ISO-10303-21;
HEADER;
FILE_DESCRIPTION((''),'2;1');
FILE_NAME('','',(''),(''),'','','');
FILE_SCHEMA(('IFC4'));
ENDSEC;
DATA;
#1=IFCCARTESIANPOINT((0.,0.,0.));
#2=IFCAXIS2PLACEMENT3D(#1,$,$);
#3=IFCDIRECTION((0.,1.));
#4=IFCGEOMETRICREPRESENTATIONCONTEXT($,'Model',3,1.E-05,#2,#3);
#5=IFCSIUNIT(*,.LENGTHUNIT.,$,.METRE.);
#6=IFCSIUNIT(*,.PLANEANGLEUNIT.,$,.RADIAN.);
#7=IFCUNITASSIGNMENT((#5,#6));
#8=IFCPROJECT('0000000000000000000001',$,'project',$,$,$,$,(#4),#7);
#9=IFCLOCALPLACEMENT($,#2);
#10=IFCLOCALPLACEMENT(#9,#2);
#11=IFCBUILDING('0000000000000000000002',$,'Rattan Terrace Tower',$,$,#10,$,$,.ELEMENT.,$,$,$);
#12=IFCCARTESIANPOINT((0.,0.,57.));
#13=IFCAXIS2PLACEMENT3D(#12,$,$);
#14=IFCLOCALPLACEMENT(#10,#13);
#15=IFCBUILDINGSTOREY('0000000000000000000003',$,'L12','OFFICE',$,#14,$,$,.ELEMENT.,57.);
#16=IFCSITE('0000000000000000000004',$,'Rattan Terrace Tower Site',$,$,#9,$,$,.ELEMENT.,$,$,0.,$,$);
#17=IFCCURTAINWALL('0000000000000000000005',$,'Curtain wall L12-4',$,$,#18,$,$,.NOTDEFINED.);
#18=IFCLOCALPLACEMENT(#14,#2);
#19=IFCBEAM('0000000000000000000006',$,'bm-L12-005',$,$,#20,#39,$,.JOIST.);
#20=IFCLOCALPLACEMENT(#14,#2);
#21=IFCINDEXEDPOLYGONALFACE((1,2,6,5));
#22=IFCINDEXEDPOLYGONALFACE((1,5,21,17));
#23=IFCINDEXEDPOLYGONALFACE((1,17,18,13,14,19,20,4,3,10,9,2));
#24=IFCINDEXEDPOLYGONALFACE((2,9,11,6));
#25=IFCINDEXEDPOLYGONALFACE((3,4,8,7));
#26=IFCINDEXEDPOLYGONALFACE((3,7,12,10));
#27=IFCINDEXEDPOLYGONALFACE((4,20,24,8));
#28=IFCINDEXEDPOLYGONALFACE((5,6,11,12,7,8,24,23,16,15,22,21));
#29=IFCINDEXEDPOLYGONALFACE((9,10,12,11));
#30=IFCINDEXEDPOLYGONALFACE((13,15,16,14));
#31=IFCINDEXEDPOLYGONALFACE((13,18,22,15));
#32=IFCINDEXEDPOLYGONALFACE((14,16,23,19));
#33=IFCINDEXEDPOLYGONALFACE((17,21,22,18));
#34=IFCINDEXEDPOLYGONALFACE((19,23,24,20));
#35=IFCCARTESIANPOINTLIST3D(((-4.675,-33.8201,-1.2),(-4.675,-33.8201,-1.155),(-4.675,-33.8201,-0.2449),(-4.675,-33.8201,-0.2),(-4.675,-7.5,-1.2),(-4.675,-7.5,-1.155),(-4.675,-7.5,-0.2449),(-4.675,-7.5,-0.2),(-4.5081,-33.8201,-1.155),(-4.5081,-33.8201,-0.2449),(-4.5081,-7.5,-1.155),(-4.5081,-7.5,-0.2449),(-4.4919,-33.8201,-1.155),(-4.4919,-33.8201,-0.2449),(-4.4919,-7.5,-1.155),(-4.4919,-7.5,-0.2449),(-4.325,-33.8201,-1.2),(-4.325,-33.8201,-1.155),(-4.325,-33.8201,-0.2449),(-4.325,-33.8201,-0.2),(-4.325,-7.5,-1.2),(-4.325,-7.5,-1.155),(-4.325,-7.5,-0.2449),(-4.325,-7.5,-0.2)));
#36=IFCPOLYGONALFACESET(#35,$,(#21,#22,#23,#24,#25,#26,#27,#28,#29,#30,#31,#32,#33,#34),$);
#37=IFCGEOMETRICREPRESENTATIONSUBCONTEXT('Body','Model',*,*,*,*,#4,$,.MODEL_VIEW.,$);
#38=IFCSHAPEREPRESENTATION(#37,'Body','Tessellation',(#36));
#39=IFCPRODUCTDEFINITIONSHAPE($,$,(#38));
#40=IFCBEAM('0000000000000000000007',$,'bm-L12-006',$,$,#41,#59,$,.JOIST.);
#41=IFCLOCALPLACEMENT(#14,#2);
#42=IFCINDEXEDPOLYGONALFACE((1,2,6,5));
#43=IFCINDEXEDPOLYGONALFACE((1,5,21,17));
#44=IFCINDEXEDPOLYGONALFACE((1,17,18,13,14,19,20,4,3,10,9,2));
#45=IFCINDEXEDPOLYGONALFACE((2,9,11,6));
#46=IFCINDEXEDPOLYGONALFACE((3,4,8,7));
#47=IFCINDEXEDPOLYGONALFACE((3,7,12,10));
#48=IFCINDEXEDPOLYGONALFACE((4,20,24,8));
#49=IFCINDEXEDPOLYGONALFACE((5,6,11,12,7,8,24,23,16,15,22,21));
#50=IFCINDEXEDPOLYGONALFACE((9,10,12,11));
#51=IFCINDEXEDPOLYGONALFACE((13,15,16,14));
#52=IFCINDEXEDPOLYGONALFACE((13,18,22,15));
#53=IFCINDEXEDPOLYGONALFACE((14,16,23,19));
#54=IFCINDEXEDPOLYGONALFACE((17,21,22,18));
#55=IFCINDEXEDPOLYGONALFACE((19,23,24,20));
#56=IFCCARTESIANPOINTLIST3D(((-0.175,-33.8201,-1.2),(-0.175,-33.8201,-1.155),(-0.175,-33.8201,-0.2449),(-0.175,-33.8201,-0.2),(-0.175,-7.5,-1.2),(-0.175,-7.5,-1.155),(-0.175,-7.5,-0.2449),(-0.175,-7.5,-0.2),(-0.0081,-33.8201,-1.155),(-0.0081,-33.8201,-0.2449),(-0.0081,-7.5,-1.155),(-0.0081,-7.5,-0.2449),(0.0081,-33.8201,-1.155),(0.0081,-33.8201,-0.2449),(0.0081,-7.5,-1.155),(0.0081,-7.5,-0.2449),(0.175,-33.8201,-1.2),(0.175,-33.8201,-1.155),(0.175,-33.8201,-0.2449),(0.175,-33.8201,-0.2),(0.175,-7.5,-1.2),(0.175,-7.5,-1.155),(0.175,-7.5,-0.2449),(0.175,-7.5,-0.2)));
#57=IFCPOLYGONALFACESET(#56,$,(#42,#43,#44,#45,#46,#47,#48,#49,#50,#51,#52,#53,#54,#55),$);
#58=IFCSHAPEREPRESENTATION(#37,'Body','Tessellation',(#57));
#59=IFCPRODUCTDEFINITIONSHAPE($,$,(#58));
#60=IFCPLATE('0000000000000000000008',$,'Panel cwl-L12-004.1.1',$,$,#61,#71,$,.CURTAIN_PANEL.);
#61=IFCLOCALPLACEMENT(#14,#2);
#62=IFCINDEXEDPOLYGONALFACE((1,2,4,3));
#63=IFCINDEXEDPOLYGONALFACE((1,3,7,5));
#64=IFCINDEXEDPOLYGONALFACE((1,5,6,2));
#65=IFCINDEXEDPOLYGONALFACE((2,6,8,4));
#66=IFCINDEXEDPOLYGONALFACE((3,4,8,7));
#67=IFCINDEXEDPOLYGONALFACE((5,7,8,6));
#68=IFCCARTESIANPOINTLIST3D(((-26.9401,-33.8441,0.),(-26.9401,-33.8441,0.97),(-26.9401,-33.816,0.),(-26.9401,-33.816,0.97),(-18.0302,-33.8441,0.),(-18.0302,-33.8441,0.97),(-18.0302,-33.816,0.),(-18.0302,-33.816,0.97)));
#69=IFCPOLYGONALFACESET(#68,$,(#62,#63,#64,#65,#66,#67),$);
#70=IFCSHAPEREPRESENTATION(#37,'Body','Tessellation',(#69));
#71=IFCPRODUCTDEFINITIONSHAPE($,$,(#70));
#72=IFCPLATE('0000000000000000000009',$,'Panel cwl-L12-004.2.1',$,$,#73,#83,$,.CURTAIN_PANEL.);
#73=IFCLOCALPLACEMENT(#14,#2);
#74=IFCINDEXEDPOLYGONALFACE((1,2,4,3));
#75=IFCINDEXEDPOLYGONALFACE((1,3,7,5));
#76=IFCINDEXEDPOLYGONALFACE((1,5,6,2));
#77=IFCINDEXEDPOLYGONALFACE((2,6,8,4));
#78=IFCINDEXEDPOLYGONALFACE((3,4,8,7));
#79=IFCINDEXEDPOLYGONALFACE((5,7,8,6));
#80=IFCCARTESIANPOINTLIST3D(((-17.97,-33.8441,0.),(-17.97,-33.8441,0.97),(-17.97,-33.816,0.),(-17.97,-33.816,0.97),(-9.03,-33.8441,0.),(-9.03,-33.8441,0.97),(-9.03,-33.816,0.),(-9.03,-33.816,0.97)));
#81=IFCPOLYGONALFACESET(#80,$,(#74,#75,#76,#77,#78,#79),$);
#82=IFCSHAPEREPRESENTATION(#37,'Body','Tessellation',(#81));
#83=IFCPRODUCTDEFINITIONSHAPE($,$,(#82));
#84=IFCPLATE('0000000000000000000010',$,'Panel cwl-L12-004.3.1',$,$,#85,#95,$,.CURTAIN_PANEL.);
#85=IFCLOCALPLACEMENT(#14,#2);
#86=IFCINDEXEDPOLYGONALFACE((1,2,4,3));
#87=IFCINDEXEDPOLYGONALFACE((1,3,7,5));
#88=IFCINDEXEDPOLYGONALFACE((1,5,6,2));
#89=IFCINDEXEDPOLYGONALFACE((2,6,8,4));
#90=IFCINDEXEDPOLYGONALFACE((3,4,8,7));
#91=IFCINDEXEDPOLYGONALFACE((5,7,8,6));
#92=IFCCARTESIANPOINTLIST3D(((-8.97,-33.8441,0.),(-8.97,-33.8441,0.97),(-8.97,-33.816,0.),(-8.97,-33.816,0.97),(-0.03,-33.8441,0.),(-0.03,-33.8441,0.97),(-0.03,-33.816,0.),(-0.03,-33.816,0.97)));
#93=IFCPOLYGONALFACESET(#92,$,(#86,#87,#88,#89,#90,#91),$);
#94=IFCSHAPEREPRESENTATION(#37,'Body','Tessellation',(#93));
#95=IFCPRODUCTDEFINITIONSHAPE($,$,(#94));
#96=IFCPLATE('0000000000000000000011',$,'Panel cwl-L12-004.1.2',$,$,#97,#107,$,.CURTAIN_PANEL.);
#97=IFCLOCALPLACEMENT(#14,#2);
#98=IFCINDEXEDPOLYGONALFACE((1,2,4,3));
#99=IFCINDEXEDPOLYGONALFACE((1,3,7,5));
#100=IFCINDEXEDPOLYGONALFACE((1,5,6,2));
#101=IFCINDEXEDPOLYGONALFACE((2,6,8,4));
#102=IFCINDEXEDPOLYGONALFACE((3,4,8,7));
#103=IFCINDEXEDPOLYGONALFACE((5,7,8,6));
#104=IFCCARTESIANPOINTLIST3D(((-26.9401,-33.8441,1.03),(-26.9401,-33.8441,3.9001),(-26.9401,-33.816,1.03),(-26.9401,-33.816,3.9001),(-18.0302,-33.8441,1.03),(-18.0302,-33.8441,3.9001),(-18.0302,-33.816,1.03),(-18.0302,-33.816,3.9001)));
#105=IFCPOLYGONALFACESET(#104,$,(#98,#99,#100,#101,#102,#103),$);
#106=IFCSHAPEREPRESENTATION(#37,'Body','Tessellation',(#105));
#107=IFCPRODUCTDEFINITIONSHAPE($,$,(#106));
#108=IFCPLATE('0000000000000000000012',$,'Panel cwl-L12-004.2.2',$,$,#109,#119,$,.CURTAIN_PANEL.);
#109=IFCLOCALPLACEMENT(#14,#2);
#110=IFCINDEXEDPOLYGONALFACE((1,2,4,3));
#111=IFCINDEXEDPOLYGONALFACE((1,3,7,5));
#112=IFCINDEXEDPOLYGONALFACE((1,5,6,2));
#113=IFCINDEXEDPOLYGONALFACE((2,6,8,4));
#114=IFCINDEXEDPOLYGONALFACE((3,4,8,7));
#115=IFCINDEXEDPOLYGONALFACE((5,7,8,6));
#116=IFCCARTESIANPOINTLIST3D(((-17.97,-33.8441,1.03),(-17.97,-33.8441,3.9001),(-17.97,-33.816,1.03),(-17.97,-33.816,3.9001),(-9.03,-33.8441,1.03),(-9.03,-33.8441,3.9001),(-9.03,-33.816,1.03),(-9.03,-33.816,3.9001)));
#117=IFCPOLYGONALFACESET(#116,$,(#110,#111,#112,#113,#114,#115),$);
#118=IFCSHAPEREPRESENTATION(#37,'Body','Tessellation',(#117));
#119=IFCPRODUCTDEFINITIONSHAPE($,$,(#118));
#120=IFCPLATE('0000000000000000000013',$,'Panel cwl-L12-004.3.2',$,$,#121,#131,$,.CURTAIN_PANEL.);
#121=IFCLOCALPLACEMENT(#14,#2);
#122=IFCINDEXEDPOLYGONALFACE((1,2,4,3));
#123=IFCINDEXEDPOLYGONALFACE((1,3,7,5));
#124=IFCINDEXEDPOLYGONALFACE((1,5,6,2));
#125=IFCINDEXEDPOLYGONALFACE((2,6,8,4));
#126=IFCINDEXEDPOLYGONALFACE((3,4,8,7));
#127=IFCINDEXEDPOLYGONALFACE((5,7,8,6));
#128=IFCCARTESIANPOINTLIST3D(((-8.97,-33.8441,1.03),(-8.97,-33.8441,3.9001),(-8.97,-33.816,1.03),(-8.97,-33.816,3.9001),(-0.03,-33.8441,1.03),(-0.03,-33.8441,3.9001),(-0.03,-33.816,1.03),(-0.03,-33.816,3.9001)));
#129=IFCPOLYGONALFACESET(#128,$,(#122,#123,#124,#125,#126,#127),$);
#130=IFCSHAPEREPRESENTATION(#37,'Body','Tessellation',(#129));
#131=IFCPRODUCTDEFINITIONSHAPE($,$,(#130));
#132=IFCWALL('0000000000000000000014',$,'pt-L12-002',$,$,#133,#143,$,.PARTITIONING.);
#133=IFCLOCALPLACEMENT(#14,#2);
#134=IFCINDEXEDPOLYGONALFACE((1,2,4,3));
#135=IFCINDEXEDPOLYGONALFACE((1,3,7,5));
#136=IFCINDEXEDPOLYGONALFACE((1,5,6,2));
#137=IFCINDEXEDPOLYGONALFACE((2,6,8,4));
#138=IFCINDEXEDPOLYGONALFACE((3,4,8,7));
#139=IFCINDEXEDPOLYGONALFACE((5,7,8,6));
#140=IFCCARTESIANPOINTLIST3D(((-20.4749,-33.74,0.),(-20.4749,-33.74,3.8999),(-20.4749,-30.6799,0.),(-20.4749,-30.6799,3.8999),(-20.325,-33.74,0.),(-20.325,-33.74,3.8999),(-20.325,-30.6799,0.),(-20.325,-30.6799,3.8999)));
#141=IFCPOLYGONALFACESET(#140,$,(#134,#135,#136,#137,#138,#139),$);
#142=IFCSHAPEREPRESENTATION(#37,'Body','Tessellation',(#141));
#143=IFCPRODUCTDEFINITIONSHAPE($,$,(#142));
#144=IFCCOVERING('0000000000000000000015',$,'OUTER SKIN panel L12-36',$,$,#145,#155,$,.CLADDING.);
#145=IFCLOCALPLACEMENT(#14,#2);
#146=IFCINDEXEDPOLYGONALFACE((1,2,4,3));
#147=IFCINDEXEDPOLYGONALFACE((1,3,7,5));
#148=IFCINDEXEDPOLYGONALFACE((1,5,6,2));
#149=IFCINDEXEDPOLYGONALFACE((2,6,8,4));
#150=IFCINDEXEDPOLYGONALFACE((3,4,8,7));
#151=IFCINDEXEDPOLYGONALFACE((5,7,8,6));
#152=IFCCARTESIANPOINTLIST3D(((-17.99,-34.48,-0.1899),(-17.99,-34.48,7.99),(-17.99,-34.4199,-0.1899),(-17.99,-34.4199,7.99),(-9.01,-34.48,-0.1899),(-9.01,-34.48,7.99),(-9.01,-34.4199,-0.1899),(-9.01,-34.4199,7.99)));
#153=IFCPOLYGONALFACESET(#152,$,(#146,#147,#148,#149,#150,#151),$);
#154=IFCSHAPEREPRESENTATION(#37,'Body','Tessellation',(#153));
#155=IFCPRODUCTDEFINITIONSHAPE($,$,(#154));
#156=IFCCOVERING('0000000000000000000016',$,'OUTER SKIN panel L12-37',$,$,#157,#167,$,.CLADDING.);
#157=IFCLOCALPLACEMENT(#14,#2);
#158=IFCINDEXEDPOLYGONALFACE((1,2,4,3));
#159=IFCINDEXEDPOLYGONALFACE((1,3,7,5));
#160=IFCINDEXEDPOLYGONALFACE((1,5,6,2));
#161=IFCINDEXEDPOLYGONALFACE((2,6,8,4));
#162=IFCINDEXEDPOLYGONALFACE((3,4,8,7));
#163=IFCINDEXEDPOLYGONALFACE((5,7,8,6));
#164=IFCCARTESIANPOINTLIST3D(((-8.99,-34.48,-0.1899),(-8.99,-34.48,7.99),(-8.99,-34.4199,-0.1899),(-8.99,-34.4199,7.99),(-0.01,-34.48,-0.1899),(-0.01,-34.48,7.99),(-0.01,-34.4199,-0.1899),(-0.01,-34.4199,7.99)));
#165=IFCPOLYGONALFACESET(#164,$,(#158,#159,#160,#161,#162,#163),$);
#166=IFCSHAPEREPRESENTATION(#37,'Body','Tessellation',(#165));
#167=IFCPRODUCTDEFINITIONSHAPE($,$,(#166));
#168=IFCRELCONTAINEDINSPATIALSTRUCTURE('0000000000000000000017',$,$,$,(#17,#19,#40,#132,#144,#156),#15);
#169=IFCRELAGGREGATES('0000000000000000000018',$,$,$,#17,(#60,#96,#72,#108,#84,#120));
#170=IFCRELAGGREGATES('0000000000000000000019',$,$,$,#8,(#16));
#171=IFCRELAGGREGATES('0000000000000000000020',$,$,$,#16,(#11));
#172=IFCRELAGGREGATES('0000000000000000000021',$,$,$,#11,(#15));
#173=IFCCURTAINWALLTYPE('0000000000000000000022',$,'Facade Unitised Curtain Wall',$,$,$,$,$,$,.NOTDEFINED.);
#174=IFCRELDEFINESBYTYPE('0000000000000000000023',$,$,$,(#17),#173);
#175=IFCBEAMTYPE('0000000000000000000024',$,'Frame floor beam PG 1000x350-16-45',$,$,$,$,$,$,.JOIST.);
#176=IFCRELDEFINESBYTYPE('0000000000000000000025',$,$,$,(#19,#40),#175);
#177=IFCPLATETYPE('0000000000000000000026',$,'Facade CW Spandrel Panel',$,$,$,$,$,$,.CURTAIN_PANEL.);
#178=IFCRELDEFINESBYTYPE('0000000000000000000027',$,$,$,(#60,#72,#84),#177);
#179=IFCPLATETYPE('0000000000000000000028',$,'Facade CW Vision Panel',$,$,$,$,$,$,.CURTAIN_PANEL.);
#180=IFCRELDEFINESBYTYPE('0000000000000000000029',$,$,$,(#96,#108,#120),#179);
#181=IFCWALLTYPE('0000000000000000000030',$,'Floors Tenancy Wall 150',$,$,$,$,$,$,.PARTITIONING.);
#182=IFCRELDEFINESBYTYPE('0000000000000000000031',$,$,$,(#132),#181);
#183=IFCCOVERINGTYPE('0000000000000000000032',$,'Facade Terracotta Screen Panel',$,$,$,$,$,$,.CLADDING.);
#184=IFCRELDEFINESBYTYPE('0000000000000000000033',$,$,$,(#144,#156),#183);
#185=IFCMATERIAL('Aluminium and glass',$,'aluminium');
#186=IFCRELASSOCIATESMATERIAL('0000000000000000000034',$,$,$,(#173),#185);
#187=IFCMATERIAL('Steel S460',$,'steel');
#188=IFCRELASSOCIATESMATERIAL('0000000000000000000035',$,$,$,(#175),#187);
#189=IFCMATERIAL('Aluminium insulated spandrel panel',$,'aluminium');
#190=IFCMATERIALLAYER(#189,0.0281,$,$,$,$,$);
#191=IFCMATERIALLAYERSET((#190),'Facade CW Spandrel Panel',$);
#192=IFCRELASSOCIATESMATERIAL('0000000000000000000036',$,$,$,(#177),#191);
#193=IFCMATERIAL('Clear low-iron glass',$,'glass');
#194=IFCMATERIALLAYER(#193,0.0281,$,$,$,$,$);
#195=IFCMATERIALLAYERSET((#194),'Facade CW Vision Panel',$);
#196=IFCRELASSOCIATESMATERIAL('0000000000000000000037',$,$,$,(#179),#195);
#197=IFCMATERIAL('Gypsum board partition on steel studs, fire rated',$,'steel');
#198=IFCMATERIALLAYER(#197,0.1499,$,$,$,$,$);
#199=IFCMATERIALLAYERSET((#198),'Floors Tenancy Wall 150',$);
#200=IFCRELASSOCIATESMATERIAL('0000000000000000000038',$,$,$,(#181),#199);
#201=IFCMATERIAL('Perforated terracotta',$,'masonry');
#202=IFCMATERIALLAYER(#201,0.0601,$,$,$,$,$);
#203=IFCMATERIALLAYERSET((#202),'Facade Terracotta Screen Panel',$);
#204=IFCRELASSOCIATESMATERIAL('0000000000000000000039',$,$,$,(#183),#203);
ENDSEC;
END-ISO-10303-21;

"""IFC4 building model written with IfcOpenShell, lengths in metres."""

from ifc_helpers import new_model, si_unit, direction, frame, frame_2d, origin, origin_2d, place, context, subcontext, project, spatial, rectangle, i_section, extrude, material, layer, layer_set, material_profile, profile_set, type_object, element, aggregate, save


model = new_model("IFC4")

# Units and contexts
model_context = context("Model", 3, precision=1e-05, world=origin(), true_north=direction((0.0, 1.0)))
body_context = subcontext(model_context, "Body", "Model", "MODEL_VIEW")
ifc_project = project(units=[si_unit("LENGTHUNIT", "METRE"), si_unit("PLANEANGLEUNIT", "RADIAN")], contexts=[model_context])

# Site, building, storey
site_placement = place(None, origin())
site = spatial("IfcSite", under=ifc_project, at=site_placement, Name="Rattan Terrace Tower Site", CompositionType="ELEMENT", RefElevation=0.0)
building_placement = place(site_placement, origin())
building = spatial("IfcBuilding", under=site, at=building_placement, Name="Rattan Terrace Tower", CompositionType="ELEMENT")
storey_placement = place(building_placement, frame((0.0, 0.0, 57.0)))
storey = spatial("IfcBuildingStorey", under=building, at=storey_placement, Name="L12", Description="OFFICE", CompositionType="ELEMENT", Elevation=57.0)

# Curtain wall
ifc_material_1 = material(Name="Aluminium and glass", Category="aluminium")
curtain_wall_type = type_object("IfcCurtainWallType", Name="Facade Unitised Curtain Wall", PredefinedType="NOTDEFINED", material=ifc_material_1)
curtain_wall_placement = place(storey_placement, origin())
curtain_wall = element("IfcCurtainWall", 1, at=curtain_wall_placement, inside=storey, type_object=curtain_wall_type, Name="Curtain wall L12-4", PredefinedType="NOTDEFINED")

# Beams
ifc_material_2 = material(Name="Steel S460", Category="steel")
ifc_material_profile_1 = material_profile(ifc_material_2, i_section(OverallWidth=0.3501, OverallDepth=1.0, WebThickness=0.0161, FlangeThickness=0.0449, at=origin_2d()), Name="PG 1000x350-16-45")
ifc_profile_set_1 = profile_set([ifc_material_profile_1], Name="Steel S460")
beam_type_1 = type_object("IfcBeamType", Name="Frame floor beam PG 1000x350-16-45", PredefinedType="JOIST", material=ifc_profile_set_1)
for number, where, z_axis, x_axis, name in (
    (2, (-4.5, -33.8201, -0.7), (0.0, 1.0, 0.0), (-1.0, 0.0, 0.0), "bm-L12-005"),
    (3, (0.0, -33.8201, -0.7), (0.0, 1.0, 0.0), (-1.0, 0.0, 0.0), "bm-L12-006"),
):
    element("IfcBeam", number, at=place(storey_placement, frame(where, z_axis=z_axis, x_axis=x_axis)), inside=storey, type_object=beam_type_1, Name=name, PredefinedType="JOIST", context=body_context, shape_type="SweptSolid", body=[
        extrude(i_section(OverallWidth=0.3501, OverallDepth=1.0, WebThickness=0.0161, FlangeThickness=0.0449, at=origin_2d()), origin(), (0.0, 0.0, 1.0), 26.3201),
    ])

# Plates
ifc_material_3 = material(Name="Aluminium insulated spandrel panel", Category="aluminium")
ifc_layer_1 = layer(ifc_material_3, 0.0281)
ifc_layer_set_1 = layer_set([ifc_layer_1], Name="Facade CW Spandrel Panel")
plate_type_1 = type_object("IfcPlateType", Name="Facade CW Spandrel Panel", PredefinedType="CURTAIN_PANEL", material=ifc_layer_set_1)
plate_1_placement = place(storey_placement, frame((-22.4851, -33.8301, 0.0), z_axis=(0.0, 0.0, 1.0), x_axis=(1.0, 0.0, 0.0)))
plate_1 = element("IfcPlate", 4, at=plate_1_placement, type_object=plate_type_1, Name="Panel cwl-L12-004.1.1", PredefinedType="CURTAIN_PANEL", context=body_context, shape_type="SweptSolid", body=[
    extrude(rectangle(XDim=8.9099, YDim=0.0281, at=origin_2d()), origin(), (0.0, 0.0, 1.0), 0.97),
])
plate_2_placement = place(storey_placement, frame((-13.5, -33.8301, 0.0), z_axis=(0.0, 0.0, 1.0), x_axis=(1.0, 0.0, 0.0)))
plate_2 = element("IfcPlate", 5, at=plate_2_placement, type_object=plate_type_1, Name="Panel cwl-L12-004.2.1", PredefinedType="CURTAIN_PANEL", context=body_context, shape_type="SweptSolid", body=[
    extrude(rectangle(XDim=8.9399, YDim=0.0281, at=origin_2d()), origin(), (0.0, 0.0, 1.0), 0.97),
])
plate_3_placement = place(storey_placement, frame((-4.5, -33.8301, 0.0), z_axis=(0.0, 0.0, 1.0), x_axis=(1.0, 0.0, 0.0)))
plate_3 = element("IfcPlate", 6, at=plate_3_placement, type_object=plate_type_1, Name="Panel cwl-L12-004.3.1", PredefinedType="CURTAIN_PANEL", context=body_context, shape_type="SweptSolid", body=[
    extrude(rectangle(XDim=8.9399, YDim=0.0281, at=origin_2d()), origin(), (0.0, 0.0, 1.0), 0.97),
])
ifc_material_4 = material(Name="Clear low-iron glass", Category="glass")
ifc_layer_2 = layer(ifc_material_4, 0.0281)
ifc_layer_set_2 = layer_set([ifc_layer_2], Name="Facade CW Vision Panel")
plate_type_2 = type_object("IfcPlateType", Name="Facade CW Vision Panel", PredefinedType="CURTAIN_PANEL", material=ifc_layer_set_2)
plate_4_placement = place(storey_placement, frame((-22.4851, -33.8301, 1.03), z_axis=(0.0, 0.0, 1.0), x_axis=(1.0, 0.0, 0.0)))
plate_4 = element("IfcPlate", 7, at=plate_4_placement, type_object=plate_type_2, Name="Panel cwl-L12-004.1.2", PredefinedType="CURTAIN_PANEL", context=body_context, shape_type="SweptSolid", body=[
    extrude(rectangle(XDim=8.9099, YDim=0.0281, at=origin_2d()), origin(), (0.0, 0.0, 1.0), 2.8701),
])
plate_5_placement = place(storey_placement, frame((-13.5, -33.8301, 1.03), z_axis=(0.0, 0.0, 1.0), x_axis=(1.0, 0.0, 0.0)))
plate_5 = element("IfcPlate", 8, at=plate_5_placement, type_object=plate_type_2, Name="Panel cwl-L12-004.2.2", PredefinedType="CURTAIN_PANEL", context=body_context, shape_type="SweptSolid", body=[
    extrude(rectangle(XDim=8.9399, YDim=0.0281, at=origin_2d()), origin(), (0.0, 0.0, 1.0), 2.8701),
])
plate_6_placement = place(storey_placement, frame((-4.5, -33.8301, 1.03), z_axis=(0.0, 0.0, 1.0), x_axis=(1.0, 0.0, 0.0)))
plate_6 = element("IfcPlate", 9, at=plate_6_placement, type_object=plate_type_2, Name="Panel cwl-L12-004.3.2", PredefinedType="CURTAIN_PANEL", context=body_context, shape_type="SweptSolid", body=[
    extrude(rectangle(XDim=8.9399, YDim=0.0281, at=origin_2d()), origin(), (0.0, 0.0, 1.0), 2.8701),
])
aggregate(curtain_wall, [plate_1, plate_4, plate_2, plate_5, plate_3, plate_6])

# Wall
ifc_material_5 = material(Name="Gypsum board partition on steel studs, fire rated", Category="steel")
ifc_layer_3 = layer(ifc_material_5, 0.1499)
ifc_layer_set_3 = layer_set([ifc_layer_3], Name="Floors Tenancy Wall 150")
wall_type = type_object("IfcWallType", Name="Floors Tenancy Wall 150", PredefinedType="PARTITIONING", material=ifc_layer_set_3)
wall_placement = place(storey_placement, frame((-20.3999, -33.74, 0.0), z_axis=(0.0, 0.0, 1.0), x_axis=(0.0, 1.0, 0.0)))
element("IfcWall", 10, at=wall_placement, inside=storey, type_object=wall_type, Name="pt-L12-002", PredefinedType="PARTITIONING", context=body_context, shape_type="SweptSolid", body=[
    extrude(rectangle(XDim=3.0601, YDim=0.1499, at=frame_2d((1.53, 0.0))), origin(), (0.0, 0.0, 1.0), 3.8999),
])

# Coverings
ifc_material_6 = material(Name="Perforated terracotta", Category="masonry")
ifc_layer_4 = layer(ifc_material_6, 0.0601)
ifc_layer_set_4 = layer_set([ifc_layer_4], Name="Facade Terracotta Screen Panel")
covering_type = type_object("IfcCoveringType", Name="Facade Terracotta Screen Panel", PredefinedType="CLADDING", material=ifc_layer_set_4)
for number, where, z_axis, x_axis, name in (
    (11, (-13.5, -34.45, -0.1899), (0.0, 0.0, 1.0), (1.0, 0.0, 0.0), "OUTER SKIN panel L12-36"),
    (12, (-4.5, -34.45, -0.1899), (0.0, 0.0, 1.0), (1.0, 0.0, 0.0), "OUTER SKIN panel L12-37"),
):
    element("IfcCovering", number, at=place(storey_placement, frame(where, z_axis=z_axis, x_axis=x_axis)), inside=storey, type_object=covering_type, Name=name, PredefinedType="CLADDING", context=body_context, shape_type="SweptSolid", body=[
        extrude(rectangle(XDim=8.98, YDim=0.0601, at=origin_2d()), origin(), (0.0, 0.0, 1.0), 8.1799),
    ])

save(model, "model.ifc")
